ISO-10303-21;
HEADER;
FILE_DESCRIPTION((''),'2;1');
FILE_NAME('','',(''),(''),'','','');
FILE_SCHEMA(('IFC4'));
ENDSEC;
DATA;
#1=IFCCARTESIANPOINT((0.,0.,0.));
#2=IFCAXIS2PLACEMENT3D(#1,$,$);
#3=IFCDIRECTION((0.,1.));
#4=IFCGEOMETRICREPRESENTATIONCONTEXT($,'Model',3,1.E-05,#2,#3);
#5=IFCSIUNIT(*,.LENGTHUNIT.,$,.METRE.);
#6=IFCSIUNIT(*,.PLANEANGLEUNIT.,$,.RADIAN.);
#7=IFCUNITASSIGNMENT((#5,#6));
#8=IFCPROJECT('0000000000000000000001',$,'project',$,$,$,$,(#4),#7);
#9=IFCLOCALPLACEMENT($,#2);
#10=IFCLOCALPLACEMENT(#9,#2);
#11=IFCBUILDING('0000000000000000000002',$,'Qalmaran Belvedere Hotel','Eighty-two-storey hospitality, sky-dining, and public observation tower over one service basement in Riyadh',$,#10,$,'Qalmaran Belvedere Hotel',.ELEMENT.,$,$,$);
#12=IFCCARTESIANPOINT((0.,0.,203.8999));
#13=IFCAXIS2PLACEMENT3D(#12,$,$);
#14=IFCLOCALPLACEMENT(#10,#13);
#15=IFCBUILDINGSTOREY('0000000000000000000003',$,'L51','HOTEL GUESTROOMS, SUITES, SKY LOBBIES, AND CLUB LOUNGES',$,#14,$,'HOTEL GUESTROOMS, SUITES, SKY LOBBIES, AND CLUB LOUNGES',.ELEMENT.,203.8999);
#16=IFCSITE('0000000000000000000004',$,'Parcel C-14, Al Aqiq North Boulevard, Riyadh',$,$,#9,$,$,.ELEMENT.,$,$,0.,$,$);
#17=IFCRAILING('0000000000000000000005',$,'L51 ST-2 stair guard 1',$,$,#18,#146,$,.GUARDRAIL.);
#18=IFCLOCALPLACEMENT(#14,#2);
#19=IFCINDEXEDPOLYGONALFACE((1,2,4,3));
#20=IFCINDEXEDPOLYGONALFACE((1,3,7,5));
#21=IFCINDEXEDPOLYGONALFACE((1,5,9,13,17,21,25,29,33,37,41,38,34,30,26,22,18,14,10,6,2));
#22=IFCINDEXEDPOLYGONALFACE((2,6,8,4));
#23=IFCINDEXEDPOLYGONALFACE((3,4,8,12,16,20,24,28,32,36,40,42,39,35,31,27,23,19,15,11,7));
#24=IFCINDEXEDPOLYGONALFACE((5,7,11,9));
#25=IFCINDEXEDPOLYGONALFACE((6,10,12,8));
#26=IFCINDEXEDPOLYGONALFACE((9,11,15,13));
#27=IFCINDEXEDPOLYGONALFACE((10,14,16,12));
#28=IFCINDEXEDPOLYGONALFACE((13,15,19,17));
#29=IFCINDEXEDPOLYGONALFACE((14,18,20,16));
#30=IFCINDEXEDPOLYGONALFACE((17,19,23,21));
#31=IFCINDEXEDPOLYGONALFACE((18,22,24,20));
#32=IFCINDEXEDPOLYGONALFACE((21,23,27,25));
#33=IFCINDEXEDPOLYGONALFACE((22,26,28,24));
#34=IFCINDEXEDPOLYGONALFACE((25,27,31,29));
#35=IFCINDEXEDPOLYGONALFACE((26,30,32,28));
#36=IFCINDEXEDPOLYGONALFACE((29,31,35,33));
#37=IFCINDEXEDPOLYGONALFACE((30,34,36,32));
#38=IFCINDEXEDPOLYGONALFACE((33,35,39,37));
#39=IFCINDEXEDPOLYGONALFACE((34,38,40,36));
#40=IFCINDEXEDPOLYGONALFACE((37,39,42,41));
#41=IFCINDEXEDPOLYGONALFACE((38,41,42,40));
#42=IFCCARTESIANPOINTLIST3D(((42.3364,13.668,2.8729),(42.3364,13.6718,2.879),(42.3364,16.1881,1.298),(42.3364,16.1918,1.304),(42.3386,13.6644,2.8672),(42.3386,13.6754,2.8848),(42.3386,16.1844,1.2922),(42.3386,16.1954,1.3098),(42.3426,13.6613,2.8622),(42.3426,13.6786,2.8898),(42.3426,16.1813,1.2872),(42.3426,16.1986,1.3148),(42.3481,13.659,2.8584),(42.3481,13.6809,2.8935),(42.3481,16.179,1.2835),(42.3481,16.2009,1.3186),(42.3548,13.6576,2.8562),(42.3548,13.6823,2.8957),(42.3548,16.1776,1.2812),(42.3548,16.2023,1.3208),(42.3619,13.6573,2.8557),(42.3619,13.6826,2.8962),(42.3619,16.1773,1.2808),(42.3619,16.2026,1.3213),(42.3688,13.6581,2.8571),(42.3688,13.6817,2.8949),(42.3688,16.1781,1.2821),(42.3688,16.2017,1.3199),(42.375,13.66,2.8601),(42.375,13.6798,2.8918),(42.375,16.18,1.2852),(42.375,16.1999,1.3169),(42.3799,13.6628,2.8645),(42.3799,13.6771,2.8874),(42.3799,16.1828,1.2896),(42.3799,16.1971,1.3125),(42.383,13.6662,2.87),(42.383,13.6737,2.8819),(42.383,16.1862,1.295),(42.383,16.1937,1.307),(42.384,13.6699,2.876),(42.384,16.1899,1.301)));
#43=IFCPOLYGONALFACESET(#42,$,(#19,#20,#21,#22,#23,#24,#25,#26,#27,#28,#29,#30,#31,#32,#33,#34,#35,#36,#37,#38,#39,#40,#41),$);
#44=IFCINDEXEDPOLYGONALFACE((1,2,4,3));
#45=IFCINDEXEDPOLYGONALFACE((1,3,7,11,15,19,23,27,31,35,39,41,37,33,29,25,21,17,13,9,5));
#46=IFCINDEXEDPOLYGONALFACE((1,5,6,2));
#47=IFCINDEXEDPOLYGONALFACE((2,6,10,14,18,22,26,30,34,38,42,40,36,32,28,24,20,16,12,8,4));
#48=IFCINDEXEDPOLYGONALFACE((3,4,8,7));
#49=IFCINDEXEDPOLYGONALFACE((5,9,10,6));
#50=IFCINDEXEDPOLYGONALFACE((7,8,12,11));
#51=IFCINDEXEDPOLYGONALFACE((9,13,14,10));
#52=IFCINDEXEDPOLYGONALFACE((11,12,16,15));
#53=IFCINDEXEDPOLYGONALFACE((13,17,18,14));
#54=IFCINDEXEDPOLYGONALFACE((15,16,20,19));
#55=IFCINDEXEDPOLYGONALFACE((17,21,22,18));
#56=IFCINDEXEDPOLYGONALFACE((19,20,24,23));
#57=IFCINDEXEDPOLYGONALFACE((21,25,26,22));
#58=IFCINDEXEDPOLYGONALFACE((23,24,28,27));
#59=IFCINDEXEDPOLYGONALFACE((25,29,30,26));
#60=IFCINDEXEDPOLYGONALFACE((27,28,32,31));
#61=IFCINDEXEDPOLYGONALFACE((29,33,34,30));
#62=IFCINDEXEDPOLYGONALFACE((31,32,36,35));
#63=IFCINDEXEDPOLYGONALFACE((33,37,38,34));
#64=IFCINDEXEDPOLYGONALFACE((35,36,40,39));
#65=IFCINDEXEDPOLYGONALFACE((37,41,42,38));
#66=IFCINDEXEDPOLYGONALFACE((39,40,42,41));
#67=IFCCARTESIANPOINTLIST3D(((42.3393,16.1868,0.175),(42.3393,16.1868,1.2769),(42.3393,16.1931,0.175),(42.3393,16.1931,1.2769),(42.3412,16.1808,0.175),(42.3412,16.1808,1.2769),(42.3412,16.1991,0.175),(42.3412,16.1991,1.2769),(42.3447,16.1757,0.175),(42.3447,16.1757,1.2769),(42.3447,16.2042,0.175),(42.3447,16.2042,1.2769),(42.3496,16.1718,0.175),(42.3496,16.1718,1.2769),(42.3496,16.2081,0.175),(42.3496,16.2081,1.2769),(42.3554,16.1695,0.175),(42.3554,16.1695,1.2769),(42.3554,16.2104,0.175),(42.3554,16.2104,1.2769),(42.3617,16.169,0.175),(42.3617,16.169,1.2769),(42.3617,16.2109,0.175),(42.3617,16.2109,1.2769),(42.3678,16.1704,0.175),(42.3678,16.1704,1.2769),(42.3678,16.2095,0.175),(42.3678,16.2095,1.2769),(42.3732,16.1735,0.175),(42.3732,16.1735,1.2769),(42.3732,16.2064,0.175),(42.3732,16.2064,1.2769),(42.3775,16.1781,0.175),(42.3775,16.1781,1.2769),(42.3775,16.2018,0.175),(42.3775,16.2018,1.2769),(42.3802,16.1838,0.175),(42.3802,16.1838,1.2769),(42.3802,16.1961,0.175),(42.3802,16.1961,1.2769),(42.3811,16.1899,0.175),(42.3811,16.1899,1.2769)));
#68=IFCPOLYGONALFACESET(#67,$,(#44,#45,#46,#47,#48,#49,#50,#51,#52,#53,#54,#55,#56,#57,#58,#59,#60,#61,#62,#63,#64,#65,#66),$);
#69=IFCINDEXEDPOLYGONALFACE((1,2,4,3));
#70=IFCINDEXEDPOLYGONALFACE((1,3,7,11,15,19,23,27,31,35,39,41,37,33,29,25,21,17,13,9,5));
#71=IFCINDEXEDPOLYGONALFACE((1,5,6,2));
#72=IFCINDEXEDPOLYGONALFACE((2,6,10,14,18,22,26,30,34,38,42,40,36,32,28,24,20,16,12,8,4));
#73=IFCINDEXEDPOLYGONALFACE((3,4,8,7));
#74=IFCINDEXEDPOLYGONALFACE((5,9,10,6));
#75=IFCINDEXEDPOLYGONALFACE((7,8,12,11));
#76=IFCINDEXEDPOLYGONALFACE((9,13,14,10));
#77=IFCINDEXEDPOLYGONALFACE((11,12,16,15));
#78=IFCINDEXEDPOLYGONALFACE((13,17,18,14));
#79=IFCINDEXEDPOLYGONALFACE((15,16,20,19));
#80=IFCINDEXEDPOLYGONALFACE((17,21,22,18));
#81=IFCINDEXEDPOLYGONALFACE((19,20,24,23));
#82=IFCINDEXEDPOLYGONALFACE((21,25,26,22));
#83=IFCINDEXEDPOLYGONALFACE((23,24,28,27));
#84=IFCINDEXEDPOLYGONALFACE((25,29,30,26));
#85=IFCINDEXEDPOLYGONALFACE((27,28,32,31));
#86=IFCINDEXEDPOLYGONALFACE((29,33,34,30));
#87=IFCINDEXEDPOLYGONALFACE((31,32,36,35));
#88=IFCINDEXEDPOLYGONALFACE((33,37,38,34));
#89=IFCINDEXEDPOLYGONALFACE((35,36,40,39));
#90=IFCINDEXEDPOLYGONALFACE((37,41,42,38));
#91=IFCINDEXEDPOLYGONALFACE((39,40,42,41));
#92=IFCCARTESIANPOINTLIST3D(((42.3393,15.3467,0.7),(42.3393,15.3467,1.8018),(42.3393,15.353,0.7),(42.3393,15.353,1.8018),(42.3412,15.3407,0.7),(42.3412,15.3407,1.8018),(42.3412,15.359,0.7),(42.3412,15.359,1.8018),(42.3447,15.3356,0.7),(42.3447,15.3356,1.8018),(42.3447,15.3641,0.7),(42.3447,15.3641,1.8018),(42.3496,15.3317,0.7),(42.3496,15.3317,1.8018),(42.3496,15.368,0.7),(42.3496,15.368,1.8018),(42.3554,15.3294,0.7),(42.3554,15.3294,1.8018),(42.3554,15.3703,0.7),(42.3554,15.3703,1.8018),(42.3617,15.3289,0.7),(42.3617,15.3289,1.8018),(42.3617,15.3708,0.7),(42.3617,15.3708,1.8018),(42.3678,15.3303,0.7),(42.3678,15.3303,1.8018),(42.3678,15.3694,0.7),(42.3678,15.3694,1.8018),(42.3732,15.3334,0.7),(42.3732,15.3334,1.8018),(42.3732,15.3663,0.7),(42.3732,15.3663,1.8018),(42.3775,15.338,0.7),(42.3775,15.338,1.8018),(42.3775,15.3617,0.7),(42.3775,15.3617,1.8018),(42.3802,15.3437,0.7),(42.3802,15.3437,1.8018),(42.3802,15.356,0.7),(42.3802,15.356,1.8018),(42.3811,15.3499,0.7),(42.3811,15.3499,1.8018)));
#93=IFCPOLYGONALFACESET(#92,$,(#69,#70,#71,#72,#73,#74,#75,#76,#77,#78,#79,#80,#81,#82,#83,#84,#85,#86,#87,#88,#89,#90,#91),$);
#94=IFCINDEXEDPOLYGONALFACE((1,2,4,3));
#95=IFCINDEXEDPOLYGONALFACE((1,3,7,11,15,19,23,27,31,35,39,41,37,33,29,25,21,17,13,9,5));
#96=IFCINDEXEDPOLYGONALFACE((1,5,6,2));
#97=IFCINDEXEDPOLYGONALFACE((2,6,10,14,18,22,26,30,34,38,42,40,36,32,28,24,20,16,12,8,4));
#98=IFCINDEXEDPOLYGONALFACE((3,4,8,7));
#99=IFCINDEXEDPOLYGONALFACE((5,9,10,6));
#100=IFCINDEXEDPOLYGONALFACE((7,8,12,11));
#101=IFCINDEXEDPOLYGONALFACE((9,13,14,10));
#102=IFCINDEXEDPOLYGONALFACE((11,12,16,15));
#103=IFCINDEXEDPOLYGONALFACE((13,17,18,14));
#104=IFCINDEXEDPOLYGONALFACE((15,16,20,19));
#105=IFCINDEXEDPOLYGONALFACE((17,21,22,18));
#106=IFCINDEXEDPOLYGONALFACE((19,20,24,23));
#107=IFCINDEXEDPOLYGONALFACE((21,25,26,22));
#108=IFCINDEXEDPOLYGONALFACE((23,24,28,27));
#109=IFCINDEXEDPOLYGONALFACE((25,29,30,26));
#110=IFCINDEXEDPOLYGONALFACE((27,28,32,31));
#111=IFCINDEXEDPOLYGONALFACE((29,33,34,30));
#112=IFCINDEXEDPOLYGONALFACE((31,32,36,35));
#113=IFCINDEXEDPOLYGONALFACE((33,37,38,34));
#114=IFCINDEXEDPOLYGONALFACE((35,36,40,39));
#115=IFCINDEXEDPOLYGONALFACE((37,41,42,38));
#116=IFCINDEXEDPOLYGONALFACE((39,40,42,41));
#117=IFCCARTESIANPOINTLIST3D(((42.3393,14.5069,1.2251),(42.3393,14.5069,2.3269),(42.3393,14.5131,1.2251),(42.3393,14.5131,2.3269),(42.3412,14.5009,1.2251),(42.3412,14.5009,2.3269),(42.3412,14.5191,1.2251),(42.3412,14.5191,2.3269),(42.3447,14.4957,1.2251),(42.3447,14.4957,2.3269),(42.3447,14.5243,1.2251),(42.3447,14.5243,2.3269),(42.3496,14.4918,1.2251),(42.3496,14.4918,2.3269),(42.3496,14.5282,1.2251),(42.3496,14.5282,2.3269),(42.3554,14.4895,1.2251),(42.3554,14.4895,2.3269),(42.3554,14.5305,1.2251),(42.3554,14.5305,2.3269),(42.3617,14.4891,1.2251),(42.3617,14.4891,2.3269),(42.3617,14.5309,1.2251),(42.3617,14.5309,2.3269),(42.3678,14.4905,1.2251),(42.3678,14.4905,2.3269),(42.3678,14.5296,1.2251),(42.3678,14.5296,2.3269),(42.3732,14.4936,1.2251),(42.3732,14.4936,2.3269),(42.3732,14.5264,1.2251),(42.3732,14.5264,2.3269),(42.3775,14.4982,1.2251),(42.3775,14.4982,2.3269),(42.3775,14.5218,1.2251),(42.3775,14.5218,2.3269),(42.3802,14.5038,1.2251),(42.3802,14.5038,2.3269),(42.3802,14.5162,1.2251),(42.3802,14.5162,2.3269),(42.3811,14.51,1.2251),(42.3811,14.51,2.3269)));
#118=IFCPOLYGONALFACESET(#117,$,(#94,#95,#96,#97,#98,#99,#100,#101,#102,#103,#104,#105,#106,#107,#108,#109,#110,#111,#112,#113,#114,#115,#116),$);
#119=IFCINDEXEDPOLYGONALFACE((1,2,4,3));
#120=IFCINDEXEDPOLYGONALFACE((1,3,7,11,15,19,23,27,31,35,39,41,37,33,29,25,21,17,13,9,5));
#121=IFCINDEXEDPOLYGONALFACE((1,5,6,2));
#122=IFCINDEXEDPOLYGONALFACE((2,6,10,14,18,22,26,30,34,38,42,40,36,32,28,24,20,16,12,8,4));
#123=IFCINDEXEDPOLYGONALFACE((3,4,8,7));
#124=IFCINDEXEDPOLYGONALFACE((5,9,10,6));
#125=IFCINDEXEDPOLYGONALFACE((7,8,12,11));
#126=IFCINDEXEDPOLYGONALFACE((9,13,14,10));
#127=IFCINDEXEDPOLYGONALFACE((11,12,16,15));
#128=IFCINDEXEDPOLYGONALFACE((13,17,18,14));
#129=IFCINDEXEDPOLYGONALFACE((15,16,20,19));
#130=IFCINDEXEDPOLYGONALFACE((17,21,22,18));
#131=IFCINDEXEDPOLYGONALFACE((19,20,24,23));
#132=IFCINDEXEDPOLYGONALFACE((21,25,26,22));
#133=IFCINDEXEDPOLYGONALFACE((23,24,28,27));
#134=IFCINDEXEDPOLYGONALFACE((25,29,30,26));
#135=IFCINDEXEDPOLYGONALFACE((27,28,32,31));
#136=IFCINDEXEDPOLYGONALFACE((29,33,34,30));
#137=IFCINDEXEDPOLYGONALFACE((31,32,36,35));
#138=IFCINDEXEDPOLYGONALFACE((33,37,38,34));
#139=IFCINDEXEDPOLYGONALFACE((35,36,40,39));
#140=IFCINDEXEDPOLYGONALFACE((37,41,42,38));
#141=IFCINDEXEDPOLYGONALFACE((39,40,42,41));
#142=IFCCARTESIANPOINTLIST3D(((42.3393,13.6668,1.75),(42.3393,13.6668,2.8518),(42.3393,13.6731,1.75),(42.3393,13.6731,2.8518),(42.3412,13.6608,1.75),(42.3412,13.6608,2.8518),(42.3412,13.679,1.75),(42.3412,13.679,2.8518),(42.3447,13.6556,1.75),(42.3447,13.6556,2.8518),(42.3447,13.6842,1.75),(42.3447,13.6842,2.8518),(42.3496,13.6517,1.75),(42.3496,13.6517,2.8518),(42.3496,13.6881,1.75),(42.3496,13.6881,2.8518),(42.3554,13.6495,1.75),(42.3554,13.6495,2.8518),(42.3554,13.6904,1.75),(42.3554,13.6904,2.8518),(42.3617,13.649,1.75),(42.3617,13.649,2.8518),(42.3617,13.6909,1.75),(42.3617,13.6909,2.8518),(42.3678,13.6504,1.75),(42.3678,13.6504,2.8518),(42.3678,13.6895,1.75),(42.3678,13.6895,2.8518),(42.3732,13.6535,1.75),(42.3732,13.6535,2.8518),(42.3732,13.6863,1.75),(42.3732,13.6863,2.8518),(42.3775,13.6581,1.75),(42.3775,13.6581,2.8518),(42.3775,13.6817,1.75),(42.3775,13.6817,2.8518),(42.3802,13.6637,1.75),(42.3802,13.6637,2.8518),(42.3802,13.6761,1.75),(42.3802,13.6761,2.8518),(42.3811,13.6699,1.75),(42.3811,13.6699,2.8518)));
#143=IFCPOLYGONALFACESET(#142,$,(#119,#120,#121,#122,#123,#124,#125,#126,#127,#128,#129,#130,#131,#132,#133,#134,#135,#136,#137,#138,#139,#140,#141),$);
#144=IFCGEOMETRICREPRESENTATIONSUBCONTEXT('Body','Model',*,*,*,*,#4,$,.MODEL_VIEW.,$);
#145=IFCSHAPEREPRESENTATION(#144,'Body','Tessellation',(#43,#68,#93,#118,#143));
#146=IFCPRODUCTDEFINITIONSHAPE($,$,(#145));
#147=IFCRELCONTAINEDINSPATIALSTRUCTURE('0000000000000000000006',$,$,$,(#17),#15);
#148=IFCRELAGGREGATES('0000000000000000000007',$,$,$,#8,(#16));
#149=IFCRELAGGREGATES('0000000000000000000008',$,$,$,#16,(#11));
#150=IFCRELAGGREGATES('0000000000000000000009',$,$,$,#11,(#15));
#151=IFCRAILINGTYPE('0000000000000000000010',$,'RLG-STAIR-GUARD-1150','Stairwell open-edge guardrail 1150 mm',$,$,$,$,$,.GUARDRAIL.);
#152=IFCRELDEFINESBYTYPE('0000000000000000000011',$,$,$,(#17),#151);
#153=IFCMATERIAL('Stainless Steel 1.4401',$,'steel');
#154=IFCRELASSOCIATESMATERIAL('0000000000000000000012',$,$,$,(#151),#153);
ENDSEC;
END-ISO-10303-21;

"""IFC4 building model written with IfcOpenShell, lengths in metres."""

from ifc_helpers import new_model, si_unit, direction, frame, origin, origin_2d, place, context, subcontext, project, spatial, circle, extrude, material, type_object, element, save


model = new_model("IFC4")

# Units and contexts
model_context = context("Model", 3, precision=1e-05, world=origin(), true_north=direction((0.0, 1.0)))
body_context = subcontext(model_context, "Body", "Model", "MODEL_VIEW")
ifc_project = project(units=[si_unit("LENGTHUNIT", "METRE"), si_unit("PLANEANGLEUNIT", "RADIAN")], contexts=[model_context])

# Site, building, storey
site_placement = place(None, origin())
site = spatial("IfcSite", under=ifc_project, at=site_placement, Name="Parcel C-14, Al Aqiq North Boulevard, Riyadh", CompositionType="ELEMENT", RefElevation=0.0)
building_placement = place(site_placement, origin())
building = spatial("IfcBuilding", under=site, at=building_placement, Name="Qalmaran Belvedere Hotel", Description="Eighty-two-storey hospitality, sky-dining, and public observation tower over one service basement in Riyadh", LongName="Qalmaran Belvedere Hotel", CompositionType="ELEMENT")
storey_placement = place(building_placement, frame((0.0, 0.0, 203.8999)))
storey = spatial("IfcBuildingStorey", under=building, at=storey_placement, Name="L51", Description="HOTEL GUESTROOMS, SUITES, SKY LOBBIES, AND CLUB LOUNGES", LongName="HOTEL GUESTROOMS, SUITES, SKY LOBBIES, AND CLUB LOUNGES", CompositionType="ELEMENT", Elevation=203.8999)

# Railing
ifc_material_1 = material(Name="Stainless Steel 1.4401", Category="steel")
railing_type_1 = type_object("IfcRailingType", Name="RLG-STAIR-GUARD-1150", Description="Stairwell open-edge guardrail 1150 mm", PredefinedType="GUARDRAIL", material=ifc_material_1)
railing_1_placement = place(storey_placement, frame((42.3601, 16.1899, 0.175)))
element("IfcRailing", 1, at=railing_1_placement, inside=storey, type_object=railing_type_1, Name="L51 ST-2 stair guard 1", PredefinedType="GUARDRAIL", context=body_context, shape_type="SweptSolid", body=[
    extrude(circle(Radius=0.0239, at=origin_2d()), frame((0.0, 0.0, 1.126), z_axis=(0.0, -0.848008, 0.529984), x_axis=(1.0, 0.0, 0.0)), (0.0, 0.0, 1.0), 2.9717),
    extrude(circle(Radius=0.021, at=origin_2d()), origin(), (0.0, 0.0, 1.0), 1.1018),
    extrude(circle(Radius=0.021, at=origin_2d()), frame((0.0, -0.8401, 0.5249)), (0.0, 0.0, 1.0), 1.1018),
    extrude(circle(Radius=0.021, at=origin_2d()), frame((0.0, -1.6799, 1.05)), (0.0, 0.0, 1.0), 1.1018),
    extrude(circle(Radius=0.021, at=origin_2d()), frame((0.0, -2.52, 1.575)), (0.0, 0.0, 1.0), 1.1018),
])

save(model, "model.ifc")
